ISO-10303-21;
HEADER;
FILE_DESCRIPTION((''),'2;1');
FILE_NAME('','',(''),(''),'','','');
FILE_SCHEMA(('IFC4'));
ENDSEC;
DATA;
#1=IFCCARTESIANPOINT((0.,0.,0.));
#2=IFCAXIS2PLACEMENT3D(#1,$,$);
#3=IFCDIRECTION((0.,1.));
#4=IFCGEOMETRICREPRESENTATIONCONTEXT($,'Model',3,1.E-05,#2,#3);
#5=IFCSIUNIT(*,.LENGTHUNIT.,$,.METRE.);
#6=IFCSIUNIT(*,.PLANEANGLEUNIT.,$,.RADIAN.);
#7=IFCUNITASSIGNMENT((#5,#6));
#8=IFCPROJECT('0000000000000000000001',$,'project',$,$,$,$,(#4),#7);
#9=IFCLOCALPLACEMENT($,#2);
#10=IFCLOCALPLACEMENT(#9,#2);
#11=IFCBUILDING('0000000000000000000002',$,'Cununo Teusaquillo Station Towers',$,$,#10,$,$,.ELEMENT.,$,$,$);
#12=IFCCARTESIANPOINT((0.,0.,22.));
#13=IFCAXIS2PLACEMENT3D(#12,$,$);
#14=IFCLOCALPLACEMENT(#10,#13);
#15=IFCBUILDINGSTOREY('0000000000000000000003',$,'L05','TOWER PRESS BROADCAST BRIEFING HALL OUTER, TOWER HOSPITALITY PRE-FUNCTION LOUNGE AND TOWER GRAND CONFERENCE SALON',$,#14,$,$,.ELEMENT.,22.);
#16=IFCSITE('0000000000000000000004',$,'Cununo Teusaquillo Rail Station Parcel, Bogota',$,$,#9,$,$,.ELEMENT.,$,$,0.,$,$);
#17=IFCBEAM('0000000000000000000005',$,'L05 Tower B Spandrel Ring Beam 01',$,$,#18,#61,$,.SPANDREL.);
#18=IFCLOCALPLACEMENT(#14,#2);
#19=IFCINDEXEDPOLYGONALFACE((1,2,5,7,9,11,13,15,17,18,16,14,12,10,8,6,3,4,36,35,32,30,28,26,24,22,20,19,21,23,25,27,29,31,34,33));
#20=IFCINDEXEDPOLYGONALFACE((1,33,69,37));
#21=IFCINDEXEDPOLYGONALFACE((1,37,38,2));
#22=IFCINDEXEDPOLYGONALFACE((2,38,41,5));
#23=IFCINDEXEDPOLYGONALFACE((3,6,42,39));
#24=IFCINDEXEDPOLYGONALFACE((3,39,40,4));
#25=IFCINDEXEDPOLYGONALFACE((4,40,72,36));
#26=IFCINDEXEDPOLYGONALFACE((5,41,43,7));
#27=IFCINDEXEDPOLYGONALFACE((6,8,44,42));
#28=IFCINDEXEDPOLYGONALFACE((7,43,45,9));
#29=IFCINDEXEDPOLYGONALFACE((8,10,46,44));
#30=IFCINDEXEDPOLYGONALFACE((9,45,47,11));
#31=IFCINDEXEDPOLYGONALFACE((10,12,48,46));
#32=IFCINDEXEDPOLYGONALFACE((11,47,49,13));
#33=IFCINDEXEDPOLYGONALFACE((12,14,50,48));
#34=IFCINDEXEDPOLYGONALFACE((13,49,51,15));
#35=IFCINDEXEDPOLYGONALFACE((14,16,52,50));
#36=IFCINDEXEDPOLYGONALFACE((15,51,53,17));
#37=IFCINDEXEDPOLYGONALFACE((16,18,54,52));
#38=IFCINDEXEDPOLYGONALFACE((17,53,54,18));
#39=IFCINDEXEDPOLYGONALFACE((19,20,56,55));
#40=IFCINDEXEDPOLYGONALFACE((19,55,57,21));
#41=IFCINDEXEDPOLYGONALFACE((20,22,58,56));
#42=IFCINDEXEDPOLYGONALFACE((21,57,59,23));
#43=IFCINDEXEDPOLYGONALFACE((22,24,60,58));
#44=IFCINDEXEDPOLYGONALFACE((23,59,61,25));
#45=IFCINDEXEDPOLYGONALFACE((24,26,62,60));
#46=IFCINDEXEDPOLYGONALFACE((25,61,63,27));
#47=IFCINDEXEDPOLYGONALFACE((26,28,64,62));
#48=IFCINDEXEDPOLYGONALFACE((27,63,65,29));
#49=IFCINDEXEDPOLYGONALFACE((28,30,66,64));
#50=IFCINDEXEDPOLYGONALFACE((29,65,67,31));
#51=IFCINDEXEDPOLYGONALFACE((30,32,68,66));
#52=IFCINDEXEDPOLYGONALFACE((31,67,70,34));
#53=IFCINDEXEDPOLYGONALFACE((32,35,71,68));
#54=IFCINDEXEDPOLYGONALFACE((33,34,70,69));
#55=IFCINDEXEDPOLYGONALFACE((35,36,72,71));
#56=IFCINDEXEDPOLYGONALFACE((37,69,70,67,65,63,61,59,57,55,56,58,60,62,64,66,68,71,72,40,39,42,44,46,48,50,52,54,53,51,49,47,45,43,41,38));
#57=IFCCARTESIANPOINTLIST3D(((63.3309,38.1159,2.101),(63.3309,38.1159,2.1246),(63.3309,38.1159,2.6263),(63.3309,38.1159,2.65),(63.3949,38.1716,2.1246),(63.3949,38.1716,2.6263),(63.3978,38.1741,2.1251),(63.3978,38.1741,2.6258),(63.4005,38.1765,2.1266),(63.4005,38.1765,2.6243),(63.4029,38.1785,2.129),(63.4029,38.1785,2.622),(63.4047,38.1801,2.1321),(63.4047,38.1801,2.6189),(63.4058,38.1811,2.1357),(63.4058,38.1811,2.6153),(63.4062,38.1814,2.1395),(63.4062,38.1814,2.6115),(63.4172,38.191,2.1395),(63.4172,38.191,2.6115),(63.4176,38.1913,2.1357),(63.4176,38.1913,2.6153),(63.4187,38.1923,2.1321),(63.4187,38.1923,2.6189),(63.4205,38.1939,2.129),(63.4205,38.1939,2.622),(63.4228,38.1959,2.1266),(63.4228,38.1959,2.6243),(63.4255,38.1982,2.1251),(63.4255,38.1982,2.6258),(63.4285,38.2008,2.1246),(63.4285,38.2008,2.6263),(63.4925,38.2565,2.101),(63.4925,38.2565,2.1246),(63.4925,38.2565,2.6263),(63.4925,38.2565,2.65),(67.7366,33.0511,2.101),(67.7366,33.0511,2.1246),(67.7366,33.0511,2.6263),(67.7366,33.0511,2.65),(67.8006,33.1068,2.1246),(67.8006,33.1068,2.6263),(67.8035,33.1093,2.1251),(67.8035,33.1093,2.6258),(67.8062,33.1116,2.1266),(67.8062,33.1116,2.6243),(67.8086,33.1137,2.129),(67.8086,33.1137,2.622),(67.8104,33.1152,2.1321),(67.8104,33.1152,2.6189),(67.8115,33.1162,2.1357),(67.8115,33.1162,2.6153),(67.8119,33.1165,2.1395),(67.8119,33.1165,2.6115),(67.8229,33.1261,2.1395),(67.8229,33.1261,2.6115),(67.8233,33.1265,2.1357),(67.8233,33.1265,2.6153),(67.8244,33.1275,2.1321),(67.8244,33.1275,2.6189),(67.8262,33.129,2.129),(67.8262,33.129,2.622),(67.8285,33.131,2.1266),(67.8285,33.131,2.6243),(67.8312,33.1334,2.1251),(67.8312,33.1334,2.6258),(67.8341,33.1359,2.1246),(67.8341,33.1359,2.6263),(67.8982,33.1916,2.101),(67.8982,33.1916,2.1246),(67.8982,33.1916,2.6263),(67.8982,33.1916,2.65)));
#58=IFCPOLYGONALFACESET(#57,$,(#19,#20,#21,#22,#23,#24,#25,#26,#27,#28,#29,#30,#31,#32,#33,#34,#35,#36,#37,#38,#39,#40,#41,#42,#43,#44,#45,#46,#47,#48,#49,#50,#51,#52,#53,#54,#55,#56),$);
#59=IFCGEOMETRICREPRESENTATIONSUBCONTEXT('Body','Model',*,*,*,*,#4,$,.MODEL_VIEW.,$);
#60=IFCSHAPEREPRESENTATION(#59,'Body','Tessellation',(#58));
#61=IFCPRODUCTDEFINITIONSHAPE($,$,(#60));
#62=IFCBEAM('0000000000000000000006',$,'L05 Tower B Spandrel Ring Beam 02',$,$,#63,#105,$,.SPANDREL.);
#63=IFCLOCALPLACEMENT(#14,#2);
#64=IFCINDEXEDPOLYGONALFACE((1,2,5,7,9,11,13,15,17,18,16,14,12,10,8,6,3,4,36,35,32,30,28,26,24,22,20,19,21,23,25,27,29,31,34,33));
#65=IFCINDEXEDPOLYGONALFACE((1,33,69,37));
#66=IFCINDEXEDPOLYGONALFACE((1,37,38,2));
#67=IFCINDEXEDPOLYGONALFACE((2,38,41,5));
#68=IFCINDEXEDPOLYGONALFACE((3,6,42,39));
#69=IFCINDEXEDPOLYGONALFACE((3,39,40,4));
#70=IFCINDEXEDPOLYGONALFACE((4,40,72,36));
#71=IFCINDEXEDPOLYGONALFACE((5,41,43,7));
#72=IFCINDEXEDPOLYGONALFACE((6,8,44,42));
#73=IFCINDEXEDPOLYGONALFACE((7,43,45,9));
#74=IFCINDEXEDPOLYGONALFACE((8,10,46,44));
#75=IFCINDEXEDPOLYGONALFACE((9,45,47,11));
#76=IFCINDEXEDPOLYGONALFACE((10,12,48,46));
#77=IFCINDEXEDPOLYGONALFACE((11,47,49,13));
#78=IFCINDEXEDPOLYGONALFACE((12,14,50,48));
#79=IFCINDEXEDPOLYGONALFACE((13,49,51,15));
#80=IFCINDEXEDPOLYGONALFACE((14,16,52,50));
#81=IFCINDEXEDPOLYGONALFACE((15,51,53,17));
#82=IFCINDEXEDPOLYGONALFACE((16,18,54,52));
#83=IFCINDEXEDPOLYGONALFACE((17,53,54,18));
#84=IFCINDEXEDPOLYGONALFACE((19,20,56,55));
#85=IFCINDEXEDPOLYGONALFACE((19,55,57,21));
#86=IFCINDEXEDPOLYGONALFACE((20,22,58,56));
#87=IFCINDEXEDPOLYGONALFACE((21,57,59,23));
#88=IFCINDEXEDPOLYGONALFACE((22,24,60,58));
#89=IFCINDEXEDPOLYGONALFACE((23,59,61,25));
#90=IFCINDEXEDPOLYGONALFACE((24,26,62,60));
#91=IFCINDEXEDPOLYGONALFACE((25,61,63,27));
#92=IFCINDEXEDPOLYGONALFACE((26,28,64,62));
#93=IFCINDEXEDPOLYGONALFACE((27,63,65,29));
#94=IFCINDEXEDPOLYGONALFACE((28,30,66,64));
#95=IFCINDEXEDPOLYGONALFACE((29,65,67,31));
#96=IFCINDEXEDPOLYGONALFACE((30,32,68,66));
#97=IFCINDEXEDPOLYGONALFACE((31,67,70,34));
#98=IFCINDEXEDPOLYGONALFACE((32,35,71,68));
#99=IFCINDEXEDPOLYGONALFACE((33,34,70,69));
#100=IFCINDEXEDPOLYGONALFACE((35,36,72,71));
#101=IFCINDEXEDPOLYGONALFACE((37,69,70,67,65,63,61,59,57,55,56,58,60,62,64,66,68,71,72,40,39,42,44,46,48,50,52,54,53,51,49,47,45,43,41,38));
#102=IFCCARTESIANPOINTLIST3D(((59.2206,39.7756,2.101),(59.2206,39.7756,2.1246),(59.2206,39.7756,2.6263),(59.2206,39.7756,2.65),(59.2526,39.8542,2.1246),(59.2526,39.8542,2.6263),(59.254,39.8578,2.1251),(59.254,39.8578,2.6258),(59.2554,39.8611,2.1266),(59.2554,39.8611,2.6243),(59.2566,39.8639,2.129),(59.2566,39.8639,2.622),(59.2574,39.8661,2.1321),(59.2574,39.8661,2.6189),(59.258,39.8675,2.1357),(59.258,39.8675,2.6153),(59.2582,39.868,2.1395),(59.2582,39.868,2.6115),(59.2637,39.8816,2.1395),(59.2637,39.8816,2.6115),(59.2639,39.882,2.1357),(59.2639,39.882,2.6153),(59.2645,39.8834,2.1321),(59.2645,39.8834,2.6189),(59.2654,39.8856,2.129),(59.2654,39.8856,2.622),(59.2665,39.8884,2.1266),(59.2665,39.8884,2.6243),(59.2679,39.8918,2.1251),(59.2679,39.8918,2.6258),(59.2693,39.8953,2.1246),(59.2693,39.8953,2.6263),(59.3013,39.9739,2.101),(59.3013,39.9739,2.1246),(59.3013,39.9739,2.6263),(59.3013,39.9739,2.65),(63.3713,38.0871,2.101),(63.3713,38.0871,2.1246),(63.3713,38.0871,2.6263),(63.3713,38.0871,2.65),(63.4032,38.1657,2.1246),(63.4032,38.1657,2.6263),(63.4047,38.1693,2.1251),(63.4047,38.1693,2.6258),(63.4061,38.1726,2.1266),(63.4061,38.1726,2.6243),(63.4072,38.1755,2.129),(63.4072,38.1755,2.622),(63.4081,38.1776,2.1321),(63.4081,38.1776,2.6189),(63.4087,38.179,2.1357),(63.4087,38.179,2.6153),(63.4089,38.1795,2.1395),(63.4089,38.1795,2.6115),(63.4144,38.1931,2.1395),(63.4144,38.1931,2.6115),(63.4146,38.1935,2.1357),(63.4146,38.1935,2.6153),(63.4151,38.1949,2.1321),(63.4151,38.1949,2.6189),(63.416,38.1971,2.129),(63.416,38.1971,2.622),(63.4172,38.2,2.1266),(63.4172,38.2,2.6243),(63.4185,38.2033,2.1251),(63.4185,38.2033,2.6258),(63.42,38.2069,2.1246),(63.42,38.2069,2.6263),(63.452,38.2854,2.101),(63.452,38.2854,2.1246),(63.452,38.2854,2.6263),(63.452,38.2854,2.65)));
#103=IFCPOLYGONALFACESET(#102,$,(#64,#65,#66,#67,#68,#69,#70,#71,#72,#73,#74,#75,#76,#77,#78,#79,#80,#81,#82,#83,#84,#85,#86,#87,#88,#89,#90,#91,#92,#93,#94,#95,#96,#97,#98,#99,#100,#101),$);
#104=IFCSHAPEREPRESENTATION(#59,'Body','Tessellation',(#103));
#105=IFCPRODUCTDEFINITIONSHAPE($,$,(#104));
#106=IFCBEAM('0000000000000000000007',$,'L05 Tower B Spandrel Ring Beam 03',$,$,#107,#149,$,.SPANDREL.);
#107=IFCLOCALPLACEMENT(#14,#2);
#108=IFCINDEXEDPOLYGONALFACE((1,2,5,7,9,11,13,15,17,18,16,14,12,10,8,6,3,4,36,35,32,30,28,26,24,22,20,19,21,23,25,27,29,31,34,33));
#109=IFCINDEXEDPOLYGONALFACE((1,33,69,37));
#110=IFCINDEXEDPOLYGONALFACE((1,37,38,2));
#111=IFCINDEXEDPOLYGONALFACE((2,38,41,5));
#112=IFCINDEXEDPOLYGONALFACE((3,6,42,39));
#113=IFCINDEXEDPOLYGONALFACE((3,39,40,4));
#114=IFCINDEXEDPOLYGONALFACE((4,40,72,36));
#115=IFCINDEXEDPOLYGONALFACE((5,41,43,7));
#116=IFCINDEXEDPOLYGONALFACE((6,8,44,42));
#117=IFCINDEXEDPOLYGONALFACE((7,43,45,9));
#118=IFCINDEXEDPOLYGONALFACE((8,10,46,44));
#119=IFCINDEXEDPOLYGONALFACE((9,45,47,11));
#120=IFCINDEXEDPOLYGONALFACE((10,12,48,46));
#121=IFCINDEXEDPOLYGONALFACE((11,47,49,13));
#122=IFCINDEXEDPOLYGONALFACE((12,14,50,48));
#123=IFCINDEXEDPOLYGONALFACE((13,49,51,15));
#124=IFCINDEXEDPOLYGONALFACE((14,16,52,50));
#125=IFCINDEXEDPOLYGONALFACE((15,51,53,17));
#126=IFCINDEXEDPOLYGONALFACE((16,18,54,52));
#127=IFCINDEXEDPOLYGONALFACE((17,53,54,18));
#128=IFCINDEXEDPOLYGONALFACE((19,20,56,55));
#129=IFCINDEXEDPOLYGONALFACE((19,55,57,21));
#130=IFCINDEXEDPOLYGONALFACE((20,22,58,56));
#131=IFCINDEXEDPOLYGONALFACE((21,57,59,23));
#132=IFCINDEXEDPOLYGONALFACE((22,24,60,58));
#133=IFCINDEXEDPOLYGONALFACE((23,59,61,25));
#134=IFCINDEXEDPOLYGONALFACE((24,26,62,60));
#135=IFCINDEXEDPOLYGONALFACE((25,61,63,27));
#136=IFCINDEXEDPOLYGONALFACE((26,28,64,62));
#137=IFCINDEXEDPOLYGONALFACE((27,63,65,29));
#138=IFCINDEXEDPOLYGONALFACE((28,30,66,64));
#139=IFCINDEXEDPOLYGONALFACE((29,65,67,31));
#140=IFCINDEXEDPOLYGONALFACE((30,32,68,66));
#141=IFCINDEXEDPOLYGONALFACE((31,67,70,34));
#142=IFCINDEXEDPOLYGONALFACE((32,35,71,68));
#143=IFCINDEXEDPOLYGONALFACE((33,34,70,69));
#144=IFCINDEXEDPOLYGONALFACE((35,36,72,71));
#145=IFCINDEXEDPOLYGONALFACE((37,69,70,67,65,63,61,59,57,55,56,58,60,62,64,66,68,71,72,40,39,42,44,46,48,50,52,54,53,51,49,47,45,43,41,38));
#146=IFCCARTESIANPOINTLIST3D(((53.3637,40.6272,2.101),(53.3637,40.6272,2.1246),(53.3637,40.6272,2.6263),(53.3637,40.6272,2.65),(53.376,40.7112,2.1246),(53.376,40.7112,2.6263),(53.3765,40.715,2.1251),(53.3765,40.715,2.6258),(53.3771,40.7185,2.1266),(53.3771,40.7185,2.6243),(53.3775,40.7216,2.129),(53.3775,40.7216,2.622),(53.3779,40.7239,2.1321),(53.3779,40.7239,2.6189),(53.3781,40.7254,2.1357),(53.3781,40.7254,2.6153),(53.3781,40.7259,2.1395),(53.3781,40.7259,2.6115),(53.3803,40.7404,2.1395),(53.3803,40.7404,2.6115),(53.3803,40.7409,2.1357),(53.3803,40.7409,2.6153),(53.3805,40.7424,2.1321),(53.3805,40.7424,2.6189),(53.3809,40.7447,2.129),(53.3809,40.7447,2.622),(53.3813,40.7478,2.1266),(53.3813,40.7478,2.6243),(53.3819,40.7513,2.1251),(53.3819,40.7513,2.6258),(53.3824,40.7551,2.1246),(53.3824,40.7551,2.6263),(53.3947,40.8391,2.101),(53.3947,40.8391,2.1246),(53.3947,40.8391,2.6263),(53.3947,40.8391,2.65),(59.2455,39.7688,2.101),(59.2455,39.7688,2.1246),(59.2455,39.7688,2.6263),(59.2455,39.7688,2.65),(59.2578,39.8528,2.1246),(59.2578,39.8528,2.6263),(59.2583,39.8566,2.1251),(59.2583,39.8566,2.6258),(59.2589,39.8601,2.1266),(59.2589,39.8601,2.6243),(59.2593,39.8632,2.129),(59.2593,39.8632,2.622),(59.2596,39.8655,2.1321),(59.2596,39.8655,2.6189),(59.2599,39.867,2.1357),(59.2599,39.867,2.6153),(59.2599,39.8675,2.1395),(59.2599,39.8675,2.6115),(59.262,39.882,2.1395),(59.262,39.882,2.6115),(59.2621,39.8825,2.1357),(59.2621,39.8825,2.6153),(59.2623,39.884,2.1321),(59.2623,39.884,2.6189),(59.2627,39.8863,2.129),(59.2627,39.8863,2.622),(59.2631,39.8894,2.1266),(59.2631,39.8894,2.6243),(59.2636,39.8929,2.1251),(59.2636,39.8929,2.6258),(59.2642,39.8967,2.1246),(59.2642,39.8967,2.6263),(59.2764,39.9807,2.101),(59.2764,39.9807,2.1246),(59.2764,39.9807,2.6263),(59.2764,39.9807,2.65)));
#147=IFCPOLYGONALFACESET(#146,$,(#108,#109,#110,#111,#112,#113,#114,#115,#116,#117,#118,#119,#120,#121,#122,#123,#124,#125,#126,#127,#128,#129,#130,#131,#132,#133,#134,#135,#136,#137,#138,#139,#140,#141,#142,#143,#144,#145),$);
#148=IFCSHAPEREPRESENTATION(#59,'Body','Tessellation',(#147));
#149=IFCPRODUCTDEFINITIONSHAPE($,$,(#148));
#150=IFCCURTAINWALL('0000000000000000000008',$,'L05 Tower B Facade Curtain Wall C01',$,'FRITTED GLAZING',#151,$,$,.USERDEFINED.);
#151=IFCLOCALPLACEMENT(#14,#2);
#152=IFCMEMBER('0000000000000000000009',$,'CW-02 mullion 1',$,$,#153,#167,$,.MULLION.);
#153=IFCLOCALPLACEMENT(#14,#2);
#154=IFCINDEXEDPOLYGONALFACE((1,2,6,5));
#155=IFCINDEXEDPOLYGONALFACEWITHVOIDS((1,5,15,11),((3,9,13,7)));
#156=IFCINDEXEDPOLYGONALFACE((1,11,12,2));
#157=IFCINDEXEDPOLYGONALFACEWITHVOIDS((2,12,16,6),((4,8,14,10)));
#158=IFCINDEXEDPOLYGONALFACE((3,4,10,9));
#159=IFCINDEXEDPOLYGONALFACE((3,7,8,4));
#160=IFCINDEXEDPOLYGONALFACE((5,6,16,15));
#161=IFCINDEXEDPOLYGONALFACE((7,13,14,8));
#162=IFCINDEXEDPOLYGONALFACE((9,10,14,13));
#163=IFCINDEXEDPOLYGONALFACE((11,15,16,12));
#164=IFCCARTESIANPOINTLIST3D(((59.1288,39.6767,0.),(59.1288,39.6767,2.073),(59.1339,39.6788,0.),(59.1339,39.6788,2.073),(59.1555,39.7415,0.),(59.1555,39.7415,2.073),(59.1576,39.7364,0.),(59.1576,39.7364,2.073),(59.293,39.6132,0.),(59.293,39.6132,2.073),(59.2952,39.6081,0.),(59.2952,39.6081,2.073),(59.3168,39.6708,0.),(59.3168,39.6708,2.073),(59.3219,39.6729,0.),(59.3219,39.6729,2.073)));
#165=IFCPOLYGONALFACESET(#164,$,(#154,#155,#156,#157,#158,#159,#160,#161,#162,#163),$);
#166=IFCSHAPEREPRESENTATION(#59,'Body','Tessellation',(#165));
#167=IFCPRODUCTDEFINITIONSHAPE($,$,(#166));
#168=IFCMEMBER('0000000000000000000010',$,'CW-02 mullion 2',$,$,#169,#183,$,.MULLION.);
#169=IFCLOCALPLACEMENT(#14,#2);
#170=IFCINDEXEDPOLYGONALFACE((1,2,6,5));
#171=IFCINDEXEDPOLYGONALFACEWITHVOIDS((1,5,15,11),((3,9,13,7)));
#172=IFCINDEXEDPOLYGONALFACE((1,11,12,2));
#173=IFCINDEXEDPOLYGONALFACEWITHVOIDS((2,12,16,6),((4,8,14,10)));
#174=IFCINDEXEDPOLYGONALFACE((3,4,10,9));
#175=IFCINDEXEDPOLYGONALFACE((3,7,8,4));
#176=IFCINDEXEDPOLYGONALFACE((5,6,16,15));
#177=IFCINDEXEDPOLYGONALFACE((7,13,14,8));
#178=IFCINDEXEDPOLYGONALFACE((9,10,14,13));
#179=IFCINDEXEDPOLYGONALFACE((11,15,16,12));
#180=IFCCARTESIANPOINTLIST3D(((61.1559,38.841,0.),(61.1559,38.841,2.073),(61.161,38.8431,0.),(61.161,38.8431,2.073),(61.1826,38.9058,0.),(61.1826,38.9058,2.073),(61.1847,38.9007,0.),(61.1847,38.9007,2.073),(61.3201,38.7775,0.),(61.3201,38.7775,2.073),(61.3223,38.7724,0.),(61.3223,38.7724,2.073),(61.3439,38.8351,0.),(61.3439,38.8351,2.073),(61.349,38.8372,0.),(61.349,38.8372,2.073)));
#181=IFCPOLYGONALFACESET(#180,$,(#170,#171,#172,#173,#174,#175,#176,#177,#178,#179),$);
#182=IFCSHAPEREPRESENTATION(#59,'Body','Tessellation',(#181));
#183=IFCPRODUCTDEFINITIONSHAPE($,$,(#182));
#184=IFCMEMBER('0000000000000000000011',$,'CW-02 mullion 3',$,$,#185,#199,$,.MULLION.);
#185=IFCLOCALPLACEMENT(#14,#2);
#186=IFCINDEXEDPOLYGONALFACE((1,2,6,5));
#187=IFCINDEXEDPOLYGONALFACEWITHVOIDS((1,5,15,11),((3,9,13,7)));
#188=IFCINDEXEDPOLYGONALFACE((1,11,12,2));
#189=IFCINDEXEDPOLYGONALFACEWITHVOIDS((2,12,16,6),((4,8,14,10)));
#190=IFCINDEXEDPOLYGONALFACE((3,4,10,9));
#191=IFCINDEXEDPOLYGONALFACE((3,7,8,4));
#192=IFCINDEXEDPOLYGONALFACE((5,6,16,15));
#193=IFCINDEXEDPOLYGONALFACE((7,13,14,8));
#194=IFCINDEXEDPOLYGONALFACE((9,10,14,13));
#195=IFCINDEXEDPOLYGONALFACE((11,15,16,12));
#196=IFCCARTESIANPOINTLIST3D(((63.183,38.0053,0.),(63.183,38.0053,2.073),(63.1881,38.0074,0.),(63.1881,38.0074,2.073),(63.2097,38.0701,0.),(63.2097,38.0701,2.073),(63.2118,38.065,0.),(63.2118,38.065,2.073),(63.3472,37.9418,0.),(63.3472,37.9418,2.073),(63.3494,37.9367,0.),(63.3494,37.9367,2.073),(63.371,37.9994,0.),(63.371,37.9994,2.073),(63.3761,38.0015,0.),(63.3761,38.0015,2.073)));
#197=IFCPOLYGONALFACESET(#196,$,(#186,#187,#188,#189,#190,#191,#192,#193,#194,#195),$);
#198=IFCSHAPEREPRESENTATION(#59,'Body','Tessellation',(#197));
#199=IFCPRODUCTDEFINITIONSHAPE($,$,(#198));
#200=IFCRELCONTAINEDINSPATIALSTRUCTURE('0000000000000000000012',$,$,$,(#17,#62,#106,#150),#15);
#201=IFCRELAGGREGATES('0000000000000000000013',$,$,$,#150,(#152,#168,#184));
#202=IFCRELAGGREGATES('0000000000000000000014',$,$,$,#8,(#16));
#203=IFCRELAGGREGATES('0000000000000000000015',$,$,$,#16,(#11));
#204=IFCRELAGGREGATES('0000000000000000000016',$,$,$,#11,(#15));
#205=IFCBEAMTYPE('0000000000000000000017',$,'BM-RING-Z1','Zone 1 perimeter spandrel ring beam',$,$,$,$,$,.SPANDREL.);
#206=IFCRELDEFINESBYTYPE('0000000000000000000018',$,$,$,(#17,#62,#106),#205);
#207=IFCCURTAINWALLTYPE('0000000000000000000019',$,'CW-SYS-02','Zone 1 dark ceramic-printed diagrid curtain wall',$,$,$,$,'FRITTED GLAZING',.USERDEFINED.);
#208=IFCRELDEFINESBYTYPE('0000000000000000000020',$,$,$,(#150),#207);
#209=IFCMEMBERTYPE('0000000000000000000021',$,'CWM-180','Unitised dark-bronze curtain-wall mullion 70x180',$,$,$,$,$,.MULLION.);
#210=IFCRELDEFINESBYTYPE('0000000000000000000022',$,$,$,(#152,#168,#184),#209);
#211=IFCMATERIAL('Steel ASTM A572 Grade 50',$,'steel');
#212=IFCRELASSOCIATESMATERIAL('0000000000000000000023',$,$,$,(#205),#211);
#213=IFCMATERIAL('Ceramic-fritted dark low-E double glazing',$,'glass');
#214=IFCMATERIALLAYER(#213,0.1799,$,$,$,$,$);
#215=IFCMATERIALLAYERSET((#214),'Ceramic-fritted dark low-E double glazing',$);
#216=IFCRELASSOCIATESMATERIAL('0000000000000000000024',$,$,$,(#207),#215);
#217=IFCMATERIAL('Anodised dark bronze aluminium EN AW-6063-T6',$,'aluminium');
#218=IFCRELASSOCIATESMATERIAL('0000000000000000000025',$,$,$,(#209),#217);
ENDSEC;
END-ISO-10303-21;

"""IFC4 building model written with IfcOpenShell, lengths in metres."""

from ifc_helpers import new_model, si_unit, direction, frame, origin, origin_2d, place, context, subcontext, project, spatial, hollow_rectangle, i_section, extrude, material, layer, layer_set, material_profile, profile_set, type_object, element, aggregate, save


model = new_model("IFC4")

# Units and contexts
model_context = context("Model", 3, precision=1e-05, world=origin(), true_north=direction((0.0, 1.0)))
body_context = subcontext(model_context, "Body", "Model", "MODEL_VIEW")
ifc_project = project(units=[si_unit("LENGTHUNIT", "METRE"), si_unit("PLANEANGLEUNIT", "RADIAN")], contexts=[model_context])

# Site, building, storey
site_placement = place(None, origin())
site = spatial("IfcSite", under=ifc_project, at=site_placement, Name="Cununo Teusaquillo Rail Station Parcel, Bogota", CompositionType="ELEMENT", RefElevation=0.0)
building_placement = place(site_placement, origin())
building = spatial("IfcBuilding", under=site, at=building_placement, Name="Cununo Teusaquillo Station Towers", CompositionType="ELEMENT")
storey_placement = place(building_placement, frame((0.0, 0.0, 22.0)))
storey = spatial("IfcBuildingStorey", under=building, at=storey_placement, Name="L05", Description="TOWER PRESS BROADCAST BRIEFING HALL OUTER, TOWER HOSPITALITY PRE-FUNCTION LOUNGE AND TOWER GRAND CONFERENCE SALON", CompositionType="ELEMENT", Elevation=22.0)

# Beams
ifc_material_1 = material(Name="Steel ASTM A572 Grade 50", Category="steel")
ifc_material_profile_1 = material_profile(ifc_material_1, i_section(OverallWidth=0.2141, OverallDepth=0.5491, WebThickness=0.0146, FlangeThickness=0.0237, FilletRadius=0.0149, at=origin_2d()), Name="W21X93")
ifc_profile_set_1 = profile_set([ifc_material_profile_1], Name="Steel ASTM A572 Grade 50")
beam_type_1 = type_object("IfcBeamType", Name="BM-RING-Z1", Description="Zone 1 perimeter spandrel ring beam", PredefinedType="SPANDREL", material=ifc_profile_set_1)
beam_1_placement = place(storey_placement, frame((67.8174, 33.1213, 2.3755), z_axis=(-0.656303, 0.754497, 0.0), x_axis=(-0.754497, -0.656303, 0.0)))
element("IfcBeam", 1, at=beam_1_placement, inside=storey, type_object=beam_type_1, Name="L05 Tower B Spandrel Ring Beam 01", PredefinedType="SPANDREL", context=body_context, shape_type="SweptSolid", body=[
    extrude(i_section(OverallWidth=0.2141, OverallDepth=0.5491, WebThickness=0.0146, FlangeThickness=0.0237, FilletRadius=0.0149, at=origin_2d()), origin(), (0.0, 0.0, 1.0), 6.7129),
])
beam_2_placement = place(storey_placement, frame((63.4116, 38.1863, 2.3755), z_axis=(-0.926289, 0.376814, 0.0), x_axis=(-0.376814, -0.926289, 0.0)))
element("IfcBeam", 2, at=beam_2_placement, inside=storey, type_object=beam_type_1, Name="L05 Tower B Spandrel Ring Beam 02", PredefinedType="SPANDREL", context=body_context, shape_type="SweptSolid", body=[
    extrude(i_section(OverallWidth=0.2141, OverallDepth=0.5491, WebThickness=0.0146, FlangeThickness=0.0237, FilletRadius=0.0149, at=origin_2d()), origin(), (0.0, 0.0, 1.0), 4.481),
])
beam_3_placement = place(storey_placement, frame((59.261, 39.8748, 2.3755), z_axis=(-0.989518, 0.144411, 0.0), x_axis=(-0.144411, -0.989518, 0.0)))
element("IfcBeam", 3, at=beam_3_placement, inside=storey, type_object=beam_type_1, Name="L05 Tower B Spandrel Ring Beam 03", PredefinedType="SPANDREL", context=body_context, shape_type="SweptSolid", body=[
    extrude(i_section(OverallWidth=0.2141, OverallDepth=0.5491, WebThickness=0.0146, FlangeThickness=0.0237, FilletRadius=0.0149, at=origin_2d()), origin(), (0.0, 0.0, 1.0), 5.9441),
])

# Curtain wall, members
ifc_material_2 = material(Name="Ceramic-fritted dark low-E double glazing", Category="glass")
ifc_layer_1 = layer(ifc_material_2, 0.1799)
ifc_layer_set_1 = layer_set([ifc_layer_1], Name="Ceramic-fritted dark low-E double glazing")
curtain_wall_type = type_object("IfcCurtainWallType", Name="CW-SYS-02", Description="Zone 1 dark ceramic-printed diagrid curtain wall", ElementType="FRITTED GLAZING", PredefinedType="USERDEFINED", material=ifc_layer_set_1)
curtain_wall_placement = place(storey_placement, origin())
curtain_wall = element("IfcCurtainWall", 4, at=curtain_wall_placement, inside=storey, type_object=curtain_wall_type, Name="L05 Tower B Facade Curtain Wall C01", ObjectType="FRITTED GLAZING", PredefinedType="USERDEFINED")
ifc_material_3 = material(Name="Anodised dark bronze aluminium EN AW-6063-T6", Category="aluminium")
ifc_material_profile_2 = material_profile(ifc_material_3, hollow_rectangle(XDim=0.0701, YDim=0.1799, WallThickness=0.0039, at=origin_2d()), Name="CW-MULL-70x180")
ifc_profile_set_2 = profile_set([ifc_material_profile_2], Name="Anodised dark bronze aluminium EN AW-6063-T6")
member_type_1 = type_object("IfcMemberType", Name="CWM-180", Description="Unitised dark-bronze curtain-wall mullion 70x180", PredefinedType="MULLION", material=ifc_profile_set_2)
member_1_placement = place(storey_placement, frame((59.2253, 39.6748, 0.0), z_axis=(0.0, 0.0, 1.0), x_axis=(0.381122, 0.924525, 0.0)))
member_1 = element("IfcMember", 5, at=member_1_placement, type_object=member_type_1, Name="CW-02 mullion 1", PredefinedType="MULLION", context=body_context, shape_type="SweptSolid", body=[
    extrude(hollow_rectangle(XDim=0.0701, YDim=0.1799, WallThickness=0.0039, at=origin_2d()), origin(), (0.0, 0.0, 1.0), 2.073),
])
member_2_placement = place(storey_placement, frame((61.2524, 38.8391, 0.0), z_axis=(0.0, 0.0, 1.0), x_axis=(0.381122, 0.924525, 0.0)))
member_2 = element("IfcMember", 6, at=member_2_placement, type_object=member_type_1, Name="CW-02 mullion 2", PredefinedType="MULLION", context=body_context, shape_type="SweptSolid", body=[
    extrude(hollow_rectangle(XDim=0.0701, YDim=0.1799, WallThickness=0.0039, at=origin_2d()), origin(), (0.0, 0.0, 1.0), 2.073),
])
member_3_placement = place(storey_placement, frame((63.2795, 38.0034, 0.0), z_axis=(0.0, 0.0, 1.0), x_axis=(0.381122, 0.924525, 0.0)))
member_3 = element("IfcMember", 7, at=member_3_placement, type_object=member_type_1, Name="CW-02 mullion 3", PredefinedType="MULLION", context=body_context, shape_type="SweptSolid", body=[
    extrude(hollow_rectangle(XDim=0.0701, YDim=0.1799, WallThickness=0.0039, at=origin_2d()), origin(), (0.0, 0.0, 1.0), 2.073),
])

aggregate(curtain_wall, [member_1, member_2, member_3])

save(model, "model.ifc")
